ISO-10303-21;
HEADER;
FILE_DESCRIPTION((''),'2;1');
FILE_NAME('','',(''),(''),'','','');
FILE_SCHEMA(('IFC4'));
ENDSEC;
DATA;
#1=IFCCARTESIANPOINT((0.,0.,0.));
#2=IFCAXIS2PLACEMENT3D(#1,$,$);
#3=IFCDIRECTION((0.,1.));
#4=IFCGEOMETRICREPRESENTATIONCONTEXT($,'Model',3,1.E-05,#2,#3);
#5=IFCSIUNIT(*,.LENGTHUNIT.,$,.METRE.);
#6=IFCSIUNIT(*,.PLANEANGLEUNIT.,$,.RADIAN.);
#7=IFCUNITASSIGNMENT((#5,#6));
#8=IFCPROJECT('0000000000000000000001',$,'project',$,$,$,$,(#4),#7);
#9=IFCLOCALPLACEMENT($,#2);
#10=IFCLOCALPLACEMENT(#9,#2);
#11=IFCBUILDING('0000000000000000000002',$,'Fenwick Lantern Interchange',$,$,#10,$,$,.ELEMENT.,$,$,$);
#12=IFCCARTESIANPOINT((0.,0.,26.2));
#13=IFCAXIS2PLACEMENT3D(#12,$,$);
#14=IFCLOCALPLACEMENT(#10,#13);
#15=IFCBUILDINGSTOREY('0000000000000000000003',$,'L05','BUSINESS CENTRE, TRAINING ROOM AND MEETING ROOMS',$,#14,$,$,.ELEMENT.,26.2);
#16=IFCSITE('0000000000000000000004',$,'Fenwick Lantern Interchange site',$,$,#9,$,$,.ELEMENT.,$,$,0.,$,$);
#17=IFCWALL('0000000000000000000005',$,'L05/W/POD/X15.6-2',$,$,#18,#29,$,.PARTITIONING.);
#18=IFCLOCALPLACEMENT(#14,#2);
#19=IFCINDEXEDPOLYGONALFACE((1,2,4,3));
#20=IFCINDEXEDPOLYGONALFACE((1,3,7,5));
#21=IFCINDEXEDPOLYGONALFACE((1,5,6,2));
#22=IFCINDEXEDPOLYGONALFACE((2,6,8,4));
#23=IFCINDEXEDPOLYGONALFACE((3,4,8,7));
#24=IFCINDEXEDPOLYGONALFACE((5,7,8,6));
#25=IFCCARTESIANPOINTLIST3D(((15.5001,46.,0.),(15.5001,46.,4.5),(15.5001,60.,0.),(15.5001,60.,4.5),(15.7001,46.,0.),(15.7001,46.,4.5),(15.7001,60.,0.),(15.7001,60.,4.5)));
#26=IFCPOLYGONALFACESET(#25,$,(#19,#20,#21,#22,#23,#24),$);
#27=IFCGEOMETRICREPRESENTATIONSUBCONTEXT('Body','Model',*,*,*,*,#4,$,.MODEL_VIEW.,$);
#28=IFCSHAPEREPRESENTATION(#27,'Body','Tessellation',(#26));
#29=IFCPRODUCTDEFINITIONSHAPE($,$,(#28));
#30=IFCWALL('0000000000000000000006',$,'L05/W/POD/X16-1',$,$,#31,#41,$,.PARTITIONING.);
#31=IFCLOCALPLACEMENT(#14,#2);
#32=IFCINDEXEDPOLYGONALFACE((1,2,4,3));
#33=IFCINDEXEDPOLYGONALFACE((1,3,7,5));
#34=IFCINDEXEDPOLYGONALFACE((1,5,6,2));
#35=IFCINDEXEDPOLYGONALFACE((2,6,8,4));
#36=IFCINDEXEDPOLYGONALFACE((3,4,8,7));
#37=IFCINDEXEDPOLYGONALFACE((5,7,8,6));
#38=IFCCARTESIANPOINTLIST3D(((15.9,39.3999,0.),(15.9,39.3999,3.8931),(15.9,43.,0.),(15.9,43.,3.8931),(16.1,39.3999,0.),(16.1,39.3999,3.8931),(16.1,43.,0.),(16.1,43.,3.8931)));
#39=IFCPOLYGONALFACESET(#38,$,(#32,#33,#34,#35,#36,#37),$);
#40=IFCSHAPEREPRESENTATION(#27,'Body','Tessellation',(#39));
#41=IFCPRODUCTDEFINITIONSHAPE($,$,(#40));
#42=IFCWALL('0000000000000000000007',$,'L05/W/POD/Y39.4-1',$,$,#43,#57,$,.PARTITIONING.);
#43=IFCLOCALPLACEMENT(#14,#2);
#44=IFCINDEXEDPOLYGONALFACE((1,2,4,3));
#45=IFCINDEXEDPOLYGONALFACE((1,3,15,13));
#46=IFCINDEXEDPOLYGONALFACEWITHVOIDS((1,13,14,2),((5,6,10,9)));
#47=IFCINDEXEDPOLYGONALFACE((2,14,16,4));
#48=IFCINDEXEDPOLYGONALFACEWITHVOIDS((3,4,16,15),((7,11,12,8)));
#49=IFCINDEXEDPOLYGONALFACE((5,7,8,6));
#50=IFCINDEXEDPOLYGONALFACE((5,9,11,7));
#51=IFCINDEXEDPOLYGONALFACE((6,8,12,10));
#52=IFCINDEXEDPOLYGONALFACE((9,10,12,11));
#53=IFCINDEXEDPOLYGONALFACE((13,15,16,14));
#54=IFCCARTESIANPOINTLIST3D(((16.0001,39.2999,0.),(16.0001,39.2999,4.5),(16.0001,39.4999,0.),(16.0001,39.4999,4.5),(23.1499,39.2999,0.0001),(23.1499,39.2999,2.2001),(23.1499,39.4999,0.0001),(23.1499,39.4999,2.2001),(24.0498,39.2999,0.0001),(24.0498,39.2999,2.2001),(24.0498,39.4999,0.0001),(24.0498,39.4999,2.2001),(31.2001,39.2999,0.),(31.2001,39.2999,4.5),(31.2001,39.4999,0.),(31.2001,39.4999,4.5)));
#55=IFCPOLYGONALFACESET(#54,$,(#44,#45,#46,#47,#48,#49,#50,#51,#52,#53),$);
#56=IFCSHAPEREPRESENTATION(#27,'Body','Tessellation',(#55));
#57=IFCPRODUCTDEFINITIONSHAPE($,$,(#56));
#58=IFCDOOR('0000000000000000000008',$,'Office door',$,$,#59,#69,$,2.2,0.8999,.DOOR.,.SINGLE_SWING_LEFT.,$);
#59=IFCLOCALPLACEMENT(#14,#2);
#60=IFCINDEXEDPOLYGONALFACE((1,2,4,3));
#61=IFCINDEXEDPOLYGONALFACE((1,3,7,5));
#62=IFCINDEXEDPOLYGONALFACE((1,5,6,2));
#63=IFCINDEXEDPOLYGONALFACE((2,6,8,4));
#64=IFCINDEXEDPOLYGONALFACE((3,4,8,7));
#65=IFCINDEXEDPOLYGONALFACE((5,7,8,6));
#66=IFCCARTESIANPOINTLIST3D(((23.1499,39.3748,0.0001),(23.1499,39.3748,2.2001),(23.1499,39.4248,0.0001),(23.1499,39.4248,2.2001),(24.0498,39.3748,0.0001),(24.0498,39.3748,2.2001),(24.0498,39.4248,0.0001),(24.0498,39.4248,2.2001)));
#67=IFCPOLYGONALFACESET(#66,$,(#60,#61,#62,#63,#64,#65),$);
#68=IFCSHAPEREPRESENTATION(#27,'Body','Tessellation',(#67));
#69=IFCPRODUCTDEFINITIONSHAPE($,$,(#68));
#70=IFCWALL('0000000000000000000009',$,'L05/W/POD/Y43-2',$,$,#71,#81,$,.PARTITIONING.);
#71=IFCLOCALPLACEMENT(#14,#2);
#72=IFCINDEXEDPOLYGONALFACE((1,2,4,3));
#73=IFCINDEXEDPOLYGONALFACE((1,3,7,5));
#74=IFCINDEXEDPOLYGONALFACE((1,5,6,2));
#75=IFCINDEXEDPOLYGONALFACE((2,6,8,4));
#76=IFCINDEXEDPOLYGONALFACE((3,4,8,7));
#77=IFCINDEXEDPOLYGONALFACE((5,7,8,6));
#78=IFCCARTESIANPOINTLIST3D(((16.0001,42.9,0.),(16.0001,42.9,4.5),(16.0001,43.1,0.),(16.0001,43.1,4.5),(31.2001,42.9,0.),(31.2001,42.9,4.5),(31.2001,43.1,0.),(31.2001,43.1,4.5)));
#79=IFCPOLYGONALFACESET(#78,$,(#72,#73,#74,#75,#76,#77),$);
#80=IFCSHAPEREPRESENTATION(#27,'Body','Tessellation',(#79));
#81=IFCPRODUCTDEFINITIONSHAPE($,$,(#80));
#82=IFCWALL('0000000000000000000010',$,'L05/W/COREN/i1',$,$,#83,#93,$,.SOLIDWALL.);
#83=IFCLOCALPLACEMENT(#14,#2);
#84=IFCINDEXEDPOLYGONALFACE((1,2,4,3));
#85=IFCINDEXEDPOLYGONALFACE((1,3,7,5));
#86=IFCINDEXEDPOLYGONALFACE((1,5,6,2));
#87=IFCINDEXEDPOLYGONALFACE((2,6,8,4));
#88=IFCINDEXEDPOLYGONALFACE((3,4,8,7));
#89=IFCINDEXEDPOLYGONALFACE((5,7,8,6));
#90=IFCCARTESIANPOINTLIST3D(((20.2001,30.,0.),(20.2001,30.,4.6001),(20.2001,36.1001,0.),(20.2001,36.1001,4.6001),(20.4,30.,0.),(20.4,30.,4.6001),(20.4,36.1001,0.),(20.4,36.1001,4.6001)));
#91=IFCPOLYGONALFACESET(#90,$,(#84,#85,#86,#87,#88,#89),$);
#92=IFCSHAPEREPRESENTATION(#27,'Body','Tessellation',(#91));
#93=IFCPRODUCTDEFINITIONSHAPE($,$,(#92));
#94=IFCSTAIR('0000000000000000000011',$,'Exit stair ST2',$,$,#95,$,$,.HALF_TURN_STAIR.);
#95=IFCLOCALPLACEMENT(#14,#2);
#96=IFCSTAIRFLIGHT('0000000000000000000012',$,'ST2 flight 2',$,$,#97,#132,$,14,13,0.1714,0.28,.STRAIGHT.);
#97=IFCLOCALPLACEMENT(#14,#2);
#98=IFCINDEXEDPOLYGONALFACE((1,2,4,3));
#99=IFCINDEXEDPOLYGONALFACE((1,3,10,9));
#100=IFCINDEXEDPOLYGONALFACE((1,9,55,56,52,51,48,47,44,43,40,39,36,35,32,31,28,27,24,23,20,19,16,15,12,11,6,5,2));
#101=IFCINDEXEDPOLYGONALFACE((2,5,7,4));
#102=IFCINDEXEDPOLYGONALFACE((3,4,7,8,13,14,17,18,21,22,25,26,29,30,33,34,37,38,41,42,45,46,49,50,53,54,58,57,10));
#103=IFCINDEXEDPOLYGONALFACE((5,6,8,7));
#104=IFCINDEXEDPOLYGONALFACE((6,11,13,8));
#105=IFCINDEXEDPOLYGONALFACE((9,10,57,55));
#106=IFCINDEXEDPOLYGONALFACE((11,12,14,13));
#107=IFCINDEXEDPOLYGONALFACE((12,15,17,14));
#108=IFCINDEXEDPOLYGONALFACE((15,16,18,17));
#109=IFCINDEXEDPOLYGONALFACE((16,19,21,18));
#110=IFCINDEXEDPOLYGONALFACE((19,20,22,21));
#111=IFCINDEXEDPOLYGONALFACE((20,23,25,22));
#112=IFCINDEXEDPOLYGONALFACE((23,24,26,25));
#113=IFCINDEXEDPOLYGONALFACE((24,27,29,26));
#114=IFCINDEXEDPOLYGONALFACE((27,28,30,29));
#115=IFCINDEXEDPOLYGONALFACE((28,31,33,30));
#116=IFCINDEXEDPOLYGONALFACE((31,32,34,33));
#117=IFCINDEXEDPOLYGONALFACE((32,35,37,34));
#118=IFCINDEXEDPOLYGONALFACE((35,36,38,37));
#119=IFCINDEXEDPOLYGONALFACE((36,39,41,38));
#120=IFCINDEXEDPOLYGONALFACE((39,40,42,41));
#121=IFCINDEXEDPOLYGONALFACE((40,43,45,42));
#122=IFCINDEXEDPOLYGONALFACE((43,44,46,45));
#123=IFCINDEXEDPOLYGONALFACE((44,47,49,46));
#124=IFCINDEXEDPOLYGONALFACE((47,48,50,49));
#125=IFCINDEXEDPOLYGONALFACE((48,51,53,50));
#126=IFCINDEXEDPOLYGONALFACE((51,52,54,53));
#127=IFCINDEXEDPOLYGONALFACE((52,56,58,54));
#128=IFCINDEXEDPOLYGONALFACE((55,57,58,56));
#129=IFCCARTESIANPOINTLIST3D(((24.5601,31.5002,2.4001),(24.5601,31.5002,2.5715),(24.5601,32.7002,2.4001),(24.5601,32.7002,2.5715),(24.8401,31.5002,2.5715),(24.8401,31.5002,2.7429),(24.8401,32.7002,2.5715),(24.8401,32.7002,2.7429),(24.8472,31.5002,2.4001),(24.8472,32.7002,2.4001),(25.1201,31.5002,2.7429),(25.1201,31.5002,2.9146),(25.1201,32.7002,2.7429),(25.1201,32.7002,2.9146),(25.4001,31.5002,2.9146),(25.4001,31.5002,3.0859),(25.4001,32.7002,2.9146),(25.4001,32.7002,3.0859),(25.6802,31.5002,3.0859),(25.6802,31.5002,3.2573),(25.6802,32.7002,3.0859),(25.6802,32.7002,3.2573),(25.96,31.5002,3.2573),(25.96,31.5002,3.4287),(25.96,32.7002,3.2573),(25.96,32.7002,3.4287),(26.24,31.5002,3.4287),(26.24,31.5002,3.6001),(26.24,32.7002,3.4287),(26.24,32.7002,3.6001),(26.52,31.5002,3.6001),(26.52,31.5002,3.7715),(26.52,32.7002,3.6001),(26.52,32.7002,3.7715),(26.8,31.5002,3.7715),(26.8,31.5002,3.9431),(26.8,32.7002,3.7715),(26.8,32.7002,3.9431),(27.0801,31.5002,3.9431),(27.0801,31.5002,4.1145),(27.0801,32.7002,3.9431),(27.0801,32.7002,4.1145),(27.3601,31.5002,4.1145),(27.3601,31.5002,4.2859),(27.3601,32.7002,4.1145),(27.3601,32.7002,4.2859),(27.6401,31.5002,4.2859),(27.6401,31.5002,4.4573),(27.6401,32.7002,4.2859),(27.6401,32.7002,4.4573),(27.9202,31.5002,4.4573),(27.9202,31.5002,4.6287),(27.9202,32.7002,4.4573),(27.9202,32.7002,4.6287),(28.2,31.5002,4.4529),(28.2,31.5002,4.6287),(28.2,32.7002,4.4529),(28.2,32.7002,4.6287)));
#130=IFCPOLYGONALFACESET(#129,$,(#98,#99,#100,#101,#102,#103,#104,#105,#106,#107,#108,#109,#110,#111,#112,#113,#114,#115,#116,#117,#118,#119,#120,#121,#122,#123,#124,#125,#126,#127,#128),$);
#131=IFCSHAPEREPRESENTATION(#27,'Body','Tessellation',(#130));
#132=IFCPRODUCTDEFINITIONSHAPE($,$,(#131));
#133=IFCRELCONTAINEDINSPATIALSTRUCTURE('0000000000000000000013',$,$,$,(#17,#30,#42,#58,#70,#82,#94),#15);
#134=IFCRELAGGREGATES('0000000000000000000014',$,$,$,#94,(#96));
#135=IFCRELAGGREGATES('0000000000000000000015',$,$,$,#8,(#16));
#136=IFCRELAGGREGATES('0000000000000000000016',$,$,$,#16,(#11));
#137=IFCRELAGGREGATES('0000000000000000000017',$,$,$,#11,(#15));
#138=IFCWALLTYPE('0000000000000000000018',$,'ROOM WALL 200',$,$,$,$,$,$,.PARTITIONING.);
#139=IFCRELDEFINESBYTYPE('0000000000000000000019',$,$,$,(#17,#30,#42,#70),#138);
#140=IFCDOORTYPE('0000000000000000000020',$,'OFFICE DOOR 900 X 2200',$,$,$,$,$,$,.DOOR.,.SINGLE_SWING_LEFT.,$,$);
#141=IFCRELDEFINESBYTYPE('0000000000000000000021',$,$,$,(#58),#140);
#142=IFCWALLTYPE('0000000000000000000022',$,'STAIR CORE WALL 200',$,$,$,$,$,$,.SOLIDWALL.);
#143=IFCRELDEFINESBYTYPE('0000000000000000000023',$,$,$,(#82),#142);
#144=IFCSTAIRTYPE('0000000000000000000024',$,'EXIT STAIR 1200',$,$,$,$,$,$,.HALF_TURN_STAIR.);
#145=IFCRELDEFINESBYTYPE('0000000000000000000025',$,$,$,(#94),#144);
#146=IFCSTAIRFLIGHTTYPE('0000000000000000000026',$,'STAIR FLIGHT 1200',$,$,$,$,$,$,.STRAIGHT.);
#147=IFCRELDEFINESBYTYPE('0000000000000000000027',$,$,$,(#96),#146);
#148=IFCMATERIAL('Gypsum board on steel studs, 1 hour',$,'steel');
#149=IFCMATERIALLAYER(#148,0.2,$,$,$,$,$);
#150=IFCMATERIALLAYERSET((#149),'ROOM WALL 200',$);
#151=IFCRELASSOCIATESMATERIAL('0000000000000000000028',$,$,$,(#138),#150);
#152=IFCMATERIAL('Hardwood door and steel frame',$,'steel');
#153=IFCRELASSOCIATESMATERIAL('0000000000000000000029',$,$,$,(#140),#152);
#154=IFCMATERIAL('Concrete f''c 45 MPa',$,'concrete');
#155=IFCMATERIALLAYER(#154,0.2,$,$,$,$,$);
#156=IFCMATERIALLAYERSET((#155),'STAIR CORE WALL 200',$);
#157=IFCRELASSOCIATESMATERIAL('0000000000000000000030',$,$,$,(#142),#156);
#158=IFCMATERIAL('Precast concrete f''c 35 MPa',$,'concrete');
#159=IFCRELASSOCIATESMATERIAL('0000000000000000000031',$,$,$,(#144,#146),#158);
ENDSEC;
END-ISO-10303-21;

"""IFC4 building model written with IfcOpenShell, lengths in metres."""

from ifc_helpers import new_model, si_unit, direction, frame, frame_2d, origin, place, context, subcontext, project, spatial, polyline, rectangle, outline, extrude, material, layer, layer_set, type_object, element, fill, aggregate, save


model = new_model("IFC4")

# Units and contexts
model_context = context("Model", 3, precision=1e-05, world=origin(), true_north=direction((0.0, 1.0)))
body_context = subcontext(model_context, "Body", "Model", "MODEL_VIEW")
ifc_project = project(units=[si_unit("LENGTHUNIT", "METRE"), si_unit("PLANEANGLEUNIT", "RADIAN")], contexts=[model_context])

# Site, building, storey
site_placement = place(None, origin())
site = spatial("IfcSite", under=ifc_project, at=site_placement, Name="Fenwick Lantern Interchange site", CompositionType="ELEMENT", RefElevation=0.0)
building_placement = place(site_placement, origin())
building = spatial("IfcBuilding", under=site, at=building_placement, Name="Fenwick Lantern Interchange", CompositionType="ELEMENT")
storey_placement = place(building_placement, frame((0.0, 0.0, 26.2)))
storey = spatial("IfcBuildingStorey", under=building, at=storey_placement, Name="L05", Description="BUSINESS CENTRE, TRAINING ROOM AND MEETING ROOMS", CompositionType="ELEMENT", Elevation=26.2)

# Shared definitions
ifc_material_1 = material(Name="Hardwood door and steel frame", Category="steel")
ifc_material_2 = material(Name="Gypsum board on steel studs, 1 hour", Category="steel")
ifc_layer_1 = layer(ifc_material_2, 0.2)
ifc_layer_set_1 = layer_set([ifc_layer_1], Name="ROOM WALL 200")
wall_type_1 = type_object("IfcWallType", Name="ROOM WALL 200", PredefinedType="PARTITIONING", material=ifc_layer_set_1)

# Shared definitions
door_type_1 = type_object("IfcDoorType", Name="OFFICE DOOR 900 X 2200", OperationType="SINGLE_SWING_LEFT", PredefinedType="DOOR", material=ifc_material_1)

# Walls
wall_1_placement = place(storey_placement, frame((15.6001, 46.0, 0.0), z_axis=(0.0, 0.0, 1.0), x_axis=(0.0, 1.0, 0.0)))
element("IfcWall", 1, at=wall_1_placement, inside=storey, type_object=wall_type_1, Name="L05/W/POD/X15.6-2", PredefinedType="PARTITIONING", context=body_context, shape_type="SweptSolid", body=[
    extrude(rectangle(XDim=14.0, YDim=0.2, at=frame_2d((7.0, 0.0))), origin(), (0.0, 0.0, 1.0), 4.5),
])
wall_2_placement = place(storey_placement, frame((16.0, 39.3999, 0.0), z_axis=(0.0, 0.0, 1.0), x_axis=(0.0, 1.0, 0.0)))
element("IfcWall", 2, at=wall_2_placement, inside=storey, type_object=wall_type_1, Name="L05/W/POD/X16-1", PredefinedType="PARTITIONING", context=body_context, shape_type="SweptSolid", body=[
    extrude(rectangle(XDim=3.6001, YDim=0.2, at=frame_2d((1.8, 0.0))), origin(), (0.0, 0.0, 1.0), 3.8931),
])

# Wall, opening, door
wall_3_placement = place(storey_placement, frame((16.0, 39.3999, 0.0), z_axis=(0.0, 0.0, 1.0), x_axis=(1.0, 0.0, 0.0)))
wall_3 = element("IfcWall", 3, at=wall_3_placement, inside=storey, type_object=wall_type_1, Name="L05/W/POD/Y39.4-1", PredefinedType="PARTITIONING", context=body_context, shape_type="SweptSolid", body=[
    extrude(rectangle(XDim=15.2, YDim=0.2, at=frame_2d((7.6001, 0.0))), origin(), (0.0, 0.0, 1.0), 4.5),
])
opening_1_placement = place(wall_3_placement, frame((7.1499, 0.0, 0.0)))
opening_1 = element("IfcOpeningElement", 4, at=opening_1_placement, cuts=wall_3, PredefinedType="OPENING", context=body_context, shape_type="SweptSolid", body=[
    extrude(rectangle(XDim=0.8999, YDim=2.2, at=frame_2d((0.45, 1.1001))), frame((0.0, 0.1099, 0.0), z_axis=(0.0, -1.0, 0.0), x_axis=(1.0, 0.0, 0.0)), (0.0, 0.0, 1.0), 0.22),
])
door_1_placement = place(opening_1_placement, origin())
door_1 = element("IfcDoor", 5, at=door_1_placement, inside=storey, type_object=door_type_1, Name="Office door", OperationType="SINGLE_SWING_LEFT", OverallHeight=2.2, OverallWidth=0.8999, PredefinedType="DOOR", context=body_context, shape_type="SweptSolid", body=[
    extrude(rectangle(XDim=0.8999, YDim=2.2, at=frame_2d((0.45, 1.1001))), frame((0.0, 0.0249, 0.0), z_axis=(0.0, -1.0, 0.0), x_axis=(1.0, 0.0, 0.0)), (0.0, 0.0, 1.0), 0.05),
])
fill(opening_1, door_1)

# Walls
wall_4_placement = place(storey_placement, frame((16.0, 43.0, 0.0), z_axis=(0.0, 0.0, 1.0), x_axis=(1.0, 0.0, 0.0)))
element("IfcWall", 6, at=wall_4_placement, inside=storey, type_object=wall_type_1, Name="L05/W/POD/Y43-2", PredefinedType="PARTITIONING", context=body_context, shape_type="SweptSolid", body=[
    extrude(rectangle(XDim=15.2, YDim=0.2, at=frame_2d((7.6001, 0.0))), origin(), (0.0, 0.0, 1.0), 4.5),
])
ifc_material_3 = material(Name="Concrete f'c 45 MPa", Category="concrete")
ifc_layer_2 = layer(ifc_material_3, 0.2)
ifc_layer_set_2 = layer_set([ifc_layer_2], Name="STAIR CORE WALL 200")
wall_type_2 = type_object("IfcWallType", Name="STAIR CORE WALL 200", PredefinedType="SOLIDWALL", material=ifc_layer_set_2)
wall_5_placement = place(storey_placement, frame((20.3, 36.1001, 0.0), z_axis=(0.0, 0.0, 1.0), x_axis=(0.0, -1.0, 0.0)))
element("IfcWall", 7, at=wall_5_placement, inside=storey, type_object=wall_type_2, Name="L05/W/COREN/i1", PredefinedType="SOLIDWALL", context=body_context, shape_type="SweptSolid", body=[
    extrude(rectangle(XDim=6.1001, YDim=0.2, at=frame_2d((3.05, 0.0))), origin(), (0.0, 0.0, 1.0), 4.6001),
])

# Stair, stair flight
ifc_material_4 = material(Name="Precast concrete f'c 35 MPa", Category="concrete")
stair_type = type_object("IfcStairType", Name="EXIT STAIR 1200", PredefinedType="HALF_TURN_STAIR", material=ifc_material_4)
stair_placement = place(storey_placement, origin())
stair = element("IfcStair", 8, at=stair_placement, inside=storey, type_object=stair_type, Name="Exit stair ST2", PredefinedType="HALF_TURN_STAIR")
stair_flight_type = type_object("IfcStairFlightType", Name="STAIR FLIGHT 1200", PredefinedType="STRAIGHT", material=ifc_material_4)
stair_flight_placement = place(storey_placement, frame((24.5601, 32.1001, 2.4001), z_axis=(0.0, 0.0, 1.0), x_axis=(1.0, 0.0, 0.0)))
stair_flight = element("IfcStairFlight", 9, at=stair_flight_placement, type_object=stair_flight_type, Name="ST2 flight 2", NumberOfRisers=14, NumberOfTreads=13, PredefinedType="STRAIGHT", RiserHeight=0.1714, TreadLength=0.28, context=body_context, shape_type="SweptSolid", body=[
    extrude(outline(polyline([(0.0, 0.0), (0.0, 0.1714), (0.28, 0.1714), (0.28, 0.3428), (0.5601, 0.3428), (0.5601, 0.5144), (0.8401, 0.5144), (0.8401, 0.6858), (1.1201, 0.6858), (1.1201, 0.8572), (1.3999, 0.8572), (1.3999, 1.0286), (1.6799, 1.0286), (1.6799, 1.2), (1.96, 1.2), (1.96, 1.3713), (2.24, 1.3713), (2.24, 1.543), (2.52, 1.543), (2.52, 1.7144), (2.8, 1.7144), (2.8, 1.8857), (3.0801, 1.8857), (3.0801, 2.0571), (3.3601, 2.0571), (3.3601, 2.2285), (3.6399, 2.2285), (3.6399, 2.3999), (3.6399, 2.0527), (0.2871, 0.0), (0.0, 0.0)])), frame((0.0, 0.6001, 0.0), z_axis=(0.0, -1.0, 0.0), x_axis=(1.0, 0.0, 0.0)), (0.0, 0.0, 1.0), 1.2),
])
aggregate(stair, [stair_flight])

save(model, "model.ifc")
